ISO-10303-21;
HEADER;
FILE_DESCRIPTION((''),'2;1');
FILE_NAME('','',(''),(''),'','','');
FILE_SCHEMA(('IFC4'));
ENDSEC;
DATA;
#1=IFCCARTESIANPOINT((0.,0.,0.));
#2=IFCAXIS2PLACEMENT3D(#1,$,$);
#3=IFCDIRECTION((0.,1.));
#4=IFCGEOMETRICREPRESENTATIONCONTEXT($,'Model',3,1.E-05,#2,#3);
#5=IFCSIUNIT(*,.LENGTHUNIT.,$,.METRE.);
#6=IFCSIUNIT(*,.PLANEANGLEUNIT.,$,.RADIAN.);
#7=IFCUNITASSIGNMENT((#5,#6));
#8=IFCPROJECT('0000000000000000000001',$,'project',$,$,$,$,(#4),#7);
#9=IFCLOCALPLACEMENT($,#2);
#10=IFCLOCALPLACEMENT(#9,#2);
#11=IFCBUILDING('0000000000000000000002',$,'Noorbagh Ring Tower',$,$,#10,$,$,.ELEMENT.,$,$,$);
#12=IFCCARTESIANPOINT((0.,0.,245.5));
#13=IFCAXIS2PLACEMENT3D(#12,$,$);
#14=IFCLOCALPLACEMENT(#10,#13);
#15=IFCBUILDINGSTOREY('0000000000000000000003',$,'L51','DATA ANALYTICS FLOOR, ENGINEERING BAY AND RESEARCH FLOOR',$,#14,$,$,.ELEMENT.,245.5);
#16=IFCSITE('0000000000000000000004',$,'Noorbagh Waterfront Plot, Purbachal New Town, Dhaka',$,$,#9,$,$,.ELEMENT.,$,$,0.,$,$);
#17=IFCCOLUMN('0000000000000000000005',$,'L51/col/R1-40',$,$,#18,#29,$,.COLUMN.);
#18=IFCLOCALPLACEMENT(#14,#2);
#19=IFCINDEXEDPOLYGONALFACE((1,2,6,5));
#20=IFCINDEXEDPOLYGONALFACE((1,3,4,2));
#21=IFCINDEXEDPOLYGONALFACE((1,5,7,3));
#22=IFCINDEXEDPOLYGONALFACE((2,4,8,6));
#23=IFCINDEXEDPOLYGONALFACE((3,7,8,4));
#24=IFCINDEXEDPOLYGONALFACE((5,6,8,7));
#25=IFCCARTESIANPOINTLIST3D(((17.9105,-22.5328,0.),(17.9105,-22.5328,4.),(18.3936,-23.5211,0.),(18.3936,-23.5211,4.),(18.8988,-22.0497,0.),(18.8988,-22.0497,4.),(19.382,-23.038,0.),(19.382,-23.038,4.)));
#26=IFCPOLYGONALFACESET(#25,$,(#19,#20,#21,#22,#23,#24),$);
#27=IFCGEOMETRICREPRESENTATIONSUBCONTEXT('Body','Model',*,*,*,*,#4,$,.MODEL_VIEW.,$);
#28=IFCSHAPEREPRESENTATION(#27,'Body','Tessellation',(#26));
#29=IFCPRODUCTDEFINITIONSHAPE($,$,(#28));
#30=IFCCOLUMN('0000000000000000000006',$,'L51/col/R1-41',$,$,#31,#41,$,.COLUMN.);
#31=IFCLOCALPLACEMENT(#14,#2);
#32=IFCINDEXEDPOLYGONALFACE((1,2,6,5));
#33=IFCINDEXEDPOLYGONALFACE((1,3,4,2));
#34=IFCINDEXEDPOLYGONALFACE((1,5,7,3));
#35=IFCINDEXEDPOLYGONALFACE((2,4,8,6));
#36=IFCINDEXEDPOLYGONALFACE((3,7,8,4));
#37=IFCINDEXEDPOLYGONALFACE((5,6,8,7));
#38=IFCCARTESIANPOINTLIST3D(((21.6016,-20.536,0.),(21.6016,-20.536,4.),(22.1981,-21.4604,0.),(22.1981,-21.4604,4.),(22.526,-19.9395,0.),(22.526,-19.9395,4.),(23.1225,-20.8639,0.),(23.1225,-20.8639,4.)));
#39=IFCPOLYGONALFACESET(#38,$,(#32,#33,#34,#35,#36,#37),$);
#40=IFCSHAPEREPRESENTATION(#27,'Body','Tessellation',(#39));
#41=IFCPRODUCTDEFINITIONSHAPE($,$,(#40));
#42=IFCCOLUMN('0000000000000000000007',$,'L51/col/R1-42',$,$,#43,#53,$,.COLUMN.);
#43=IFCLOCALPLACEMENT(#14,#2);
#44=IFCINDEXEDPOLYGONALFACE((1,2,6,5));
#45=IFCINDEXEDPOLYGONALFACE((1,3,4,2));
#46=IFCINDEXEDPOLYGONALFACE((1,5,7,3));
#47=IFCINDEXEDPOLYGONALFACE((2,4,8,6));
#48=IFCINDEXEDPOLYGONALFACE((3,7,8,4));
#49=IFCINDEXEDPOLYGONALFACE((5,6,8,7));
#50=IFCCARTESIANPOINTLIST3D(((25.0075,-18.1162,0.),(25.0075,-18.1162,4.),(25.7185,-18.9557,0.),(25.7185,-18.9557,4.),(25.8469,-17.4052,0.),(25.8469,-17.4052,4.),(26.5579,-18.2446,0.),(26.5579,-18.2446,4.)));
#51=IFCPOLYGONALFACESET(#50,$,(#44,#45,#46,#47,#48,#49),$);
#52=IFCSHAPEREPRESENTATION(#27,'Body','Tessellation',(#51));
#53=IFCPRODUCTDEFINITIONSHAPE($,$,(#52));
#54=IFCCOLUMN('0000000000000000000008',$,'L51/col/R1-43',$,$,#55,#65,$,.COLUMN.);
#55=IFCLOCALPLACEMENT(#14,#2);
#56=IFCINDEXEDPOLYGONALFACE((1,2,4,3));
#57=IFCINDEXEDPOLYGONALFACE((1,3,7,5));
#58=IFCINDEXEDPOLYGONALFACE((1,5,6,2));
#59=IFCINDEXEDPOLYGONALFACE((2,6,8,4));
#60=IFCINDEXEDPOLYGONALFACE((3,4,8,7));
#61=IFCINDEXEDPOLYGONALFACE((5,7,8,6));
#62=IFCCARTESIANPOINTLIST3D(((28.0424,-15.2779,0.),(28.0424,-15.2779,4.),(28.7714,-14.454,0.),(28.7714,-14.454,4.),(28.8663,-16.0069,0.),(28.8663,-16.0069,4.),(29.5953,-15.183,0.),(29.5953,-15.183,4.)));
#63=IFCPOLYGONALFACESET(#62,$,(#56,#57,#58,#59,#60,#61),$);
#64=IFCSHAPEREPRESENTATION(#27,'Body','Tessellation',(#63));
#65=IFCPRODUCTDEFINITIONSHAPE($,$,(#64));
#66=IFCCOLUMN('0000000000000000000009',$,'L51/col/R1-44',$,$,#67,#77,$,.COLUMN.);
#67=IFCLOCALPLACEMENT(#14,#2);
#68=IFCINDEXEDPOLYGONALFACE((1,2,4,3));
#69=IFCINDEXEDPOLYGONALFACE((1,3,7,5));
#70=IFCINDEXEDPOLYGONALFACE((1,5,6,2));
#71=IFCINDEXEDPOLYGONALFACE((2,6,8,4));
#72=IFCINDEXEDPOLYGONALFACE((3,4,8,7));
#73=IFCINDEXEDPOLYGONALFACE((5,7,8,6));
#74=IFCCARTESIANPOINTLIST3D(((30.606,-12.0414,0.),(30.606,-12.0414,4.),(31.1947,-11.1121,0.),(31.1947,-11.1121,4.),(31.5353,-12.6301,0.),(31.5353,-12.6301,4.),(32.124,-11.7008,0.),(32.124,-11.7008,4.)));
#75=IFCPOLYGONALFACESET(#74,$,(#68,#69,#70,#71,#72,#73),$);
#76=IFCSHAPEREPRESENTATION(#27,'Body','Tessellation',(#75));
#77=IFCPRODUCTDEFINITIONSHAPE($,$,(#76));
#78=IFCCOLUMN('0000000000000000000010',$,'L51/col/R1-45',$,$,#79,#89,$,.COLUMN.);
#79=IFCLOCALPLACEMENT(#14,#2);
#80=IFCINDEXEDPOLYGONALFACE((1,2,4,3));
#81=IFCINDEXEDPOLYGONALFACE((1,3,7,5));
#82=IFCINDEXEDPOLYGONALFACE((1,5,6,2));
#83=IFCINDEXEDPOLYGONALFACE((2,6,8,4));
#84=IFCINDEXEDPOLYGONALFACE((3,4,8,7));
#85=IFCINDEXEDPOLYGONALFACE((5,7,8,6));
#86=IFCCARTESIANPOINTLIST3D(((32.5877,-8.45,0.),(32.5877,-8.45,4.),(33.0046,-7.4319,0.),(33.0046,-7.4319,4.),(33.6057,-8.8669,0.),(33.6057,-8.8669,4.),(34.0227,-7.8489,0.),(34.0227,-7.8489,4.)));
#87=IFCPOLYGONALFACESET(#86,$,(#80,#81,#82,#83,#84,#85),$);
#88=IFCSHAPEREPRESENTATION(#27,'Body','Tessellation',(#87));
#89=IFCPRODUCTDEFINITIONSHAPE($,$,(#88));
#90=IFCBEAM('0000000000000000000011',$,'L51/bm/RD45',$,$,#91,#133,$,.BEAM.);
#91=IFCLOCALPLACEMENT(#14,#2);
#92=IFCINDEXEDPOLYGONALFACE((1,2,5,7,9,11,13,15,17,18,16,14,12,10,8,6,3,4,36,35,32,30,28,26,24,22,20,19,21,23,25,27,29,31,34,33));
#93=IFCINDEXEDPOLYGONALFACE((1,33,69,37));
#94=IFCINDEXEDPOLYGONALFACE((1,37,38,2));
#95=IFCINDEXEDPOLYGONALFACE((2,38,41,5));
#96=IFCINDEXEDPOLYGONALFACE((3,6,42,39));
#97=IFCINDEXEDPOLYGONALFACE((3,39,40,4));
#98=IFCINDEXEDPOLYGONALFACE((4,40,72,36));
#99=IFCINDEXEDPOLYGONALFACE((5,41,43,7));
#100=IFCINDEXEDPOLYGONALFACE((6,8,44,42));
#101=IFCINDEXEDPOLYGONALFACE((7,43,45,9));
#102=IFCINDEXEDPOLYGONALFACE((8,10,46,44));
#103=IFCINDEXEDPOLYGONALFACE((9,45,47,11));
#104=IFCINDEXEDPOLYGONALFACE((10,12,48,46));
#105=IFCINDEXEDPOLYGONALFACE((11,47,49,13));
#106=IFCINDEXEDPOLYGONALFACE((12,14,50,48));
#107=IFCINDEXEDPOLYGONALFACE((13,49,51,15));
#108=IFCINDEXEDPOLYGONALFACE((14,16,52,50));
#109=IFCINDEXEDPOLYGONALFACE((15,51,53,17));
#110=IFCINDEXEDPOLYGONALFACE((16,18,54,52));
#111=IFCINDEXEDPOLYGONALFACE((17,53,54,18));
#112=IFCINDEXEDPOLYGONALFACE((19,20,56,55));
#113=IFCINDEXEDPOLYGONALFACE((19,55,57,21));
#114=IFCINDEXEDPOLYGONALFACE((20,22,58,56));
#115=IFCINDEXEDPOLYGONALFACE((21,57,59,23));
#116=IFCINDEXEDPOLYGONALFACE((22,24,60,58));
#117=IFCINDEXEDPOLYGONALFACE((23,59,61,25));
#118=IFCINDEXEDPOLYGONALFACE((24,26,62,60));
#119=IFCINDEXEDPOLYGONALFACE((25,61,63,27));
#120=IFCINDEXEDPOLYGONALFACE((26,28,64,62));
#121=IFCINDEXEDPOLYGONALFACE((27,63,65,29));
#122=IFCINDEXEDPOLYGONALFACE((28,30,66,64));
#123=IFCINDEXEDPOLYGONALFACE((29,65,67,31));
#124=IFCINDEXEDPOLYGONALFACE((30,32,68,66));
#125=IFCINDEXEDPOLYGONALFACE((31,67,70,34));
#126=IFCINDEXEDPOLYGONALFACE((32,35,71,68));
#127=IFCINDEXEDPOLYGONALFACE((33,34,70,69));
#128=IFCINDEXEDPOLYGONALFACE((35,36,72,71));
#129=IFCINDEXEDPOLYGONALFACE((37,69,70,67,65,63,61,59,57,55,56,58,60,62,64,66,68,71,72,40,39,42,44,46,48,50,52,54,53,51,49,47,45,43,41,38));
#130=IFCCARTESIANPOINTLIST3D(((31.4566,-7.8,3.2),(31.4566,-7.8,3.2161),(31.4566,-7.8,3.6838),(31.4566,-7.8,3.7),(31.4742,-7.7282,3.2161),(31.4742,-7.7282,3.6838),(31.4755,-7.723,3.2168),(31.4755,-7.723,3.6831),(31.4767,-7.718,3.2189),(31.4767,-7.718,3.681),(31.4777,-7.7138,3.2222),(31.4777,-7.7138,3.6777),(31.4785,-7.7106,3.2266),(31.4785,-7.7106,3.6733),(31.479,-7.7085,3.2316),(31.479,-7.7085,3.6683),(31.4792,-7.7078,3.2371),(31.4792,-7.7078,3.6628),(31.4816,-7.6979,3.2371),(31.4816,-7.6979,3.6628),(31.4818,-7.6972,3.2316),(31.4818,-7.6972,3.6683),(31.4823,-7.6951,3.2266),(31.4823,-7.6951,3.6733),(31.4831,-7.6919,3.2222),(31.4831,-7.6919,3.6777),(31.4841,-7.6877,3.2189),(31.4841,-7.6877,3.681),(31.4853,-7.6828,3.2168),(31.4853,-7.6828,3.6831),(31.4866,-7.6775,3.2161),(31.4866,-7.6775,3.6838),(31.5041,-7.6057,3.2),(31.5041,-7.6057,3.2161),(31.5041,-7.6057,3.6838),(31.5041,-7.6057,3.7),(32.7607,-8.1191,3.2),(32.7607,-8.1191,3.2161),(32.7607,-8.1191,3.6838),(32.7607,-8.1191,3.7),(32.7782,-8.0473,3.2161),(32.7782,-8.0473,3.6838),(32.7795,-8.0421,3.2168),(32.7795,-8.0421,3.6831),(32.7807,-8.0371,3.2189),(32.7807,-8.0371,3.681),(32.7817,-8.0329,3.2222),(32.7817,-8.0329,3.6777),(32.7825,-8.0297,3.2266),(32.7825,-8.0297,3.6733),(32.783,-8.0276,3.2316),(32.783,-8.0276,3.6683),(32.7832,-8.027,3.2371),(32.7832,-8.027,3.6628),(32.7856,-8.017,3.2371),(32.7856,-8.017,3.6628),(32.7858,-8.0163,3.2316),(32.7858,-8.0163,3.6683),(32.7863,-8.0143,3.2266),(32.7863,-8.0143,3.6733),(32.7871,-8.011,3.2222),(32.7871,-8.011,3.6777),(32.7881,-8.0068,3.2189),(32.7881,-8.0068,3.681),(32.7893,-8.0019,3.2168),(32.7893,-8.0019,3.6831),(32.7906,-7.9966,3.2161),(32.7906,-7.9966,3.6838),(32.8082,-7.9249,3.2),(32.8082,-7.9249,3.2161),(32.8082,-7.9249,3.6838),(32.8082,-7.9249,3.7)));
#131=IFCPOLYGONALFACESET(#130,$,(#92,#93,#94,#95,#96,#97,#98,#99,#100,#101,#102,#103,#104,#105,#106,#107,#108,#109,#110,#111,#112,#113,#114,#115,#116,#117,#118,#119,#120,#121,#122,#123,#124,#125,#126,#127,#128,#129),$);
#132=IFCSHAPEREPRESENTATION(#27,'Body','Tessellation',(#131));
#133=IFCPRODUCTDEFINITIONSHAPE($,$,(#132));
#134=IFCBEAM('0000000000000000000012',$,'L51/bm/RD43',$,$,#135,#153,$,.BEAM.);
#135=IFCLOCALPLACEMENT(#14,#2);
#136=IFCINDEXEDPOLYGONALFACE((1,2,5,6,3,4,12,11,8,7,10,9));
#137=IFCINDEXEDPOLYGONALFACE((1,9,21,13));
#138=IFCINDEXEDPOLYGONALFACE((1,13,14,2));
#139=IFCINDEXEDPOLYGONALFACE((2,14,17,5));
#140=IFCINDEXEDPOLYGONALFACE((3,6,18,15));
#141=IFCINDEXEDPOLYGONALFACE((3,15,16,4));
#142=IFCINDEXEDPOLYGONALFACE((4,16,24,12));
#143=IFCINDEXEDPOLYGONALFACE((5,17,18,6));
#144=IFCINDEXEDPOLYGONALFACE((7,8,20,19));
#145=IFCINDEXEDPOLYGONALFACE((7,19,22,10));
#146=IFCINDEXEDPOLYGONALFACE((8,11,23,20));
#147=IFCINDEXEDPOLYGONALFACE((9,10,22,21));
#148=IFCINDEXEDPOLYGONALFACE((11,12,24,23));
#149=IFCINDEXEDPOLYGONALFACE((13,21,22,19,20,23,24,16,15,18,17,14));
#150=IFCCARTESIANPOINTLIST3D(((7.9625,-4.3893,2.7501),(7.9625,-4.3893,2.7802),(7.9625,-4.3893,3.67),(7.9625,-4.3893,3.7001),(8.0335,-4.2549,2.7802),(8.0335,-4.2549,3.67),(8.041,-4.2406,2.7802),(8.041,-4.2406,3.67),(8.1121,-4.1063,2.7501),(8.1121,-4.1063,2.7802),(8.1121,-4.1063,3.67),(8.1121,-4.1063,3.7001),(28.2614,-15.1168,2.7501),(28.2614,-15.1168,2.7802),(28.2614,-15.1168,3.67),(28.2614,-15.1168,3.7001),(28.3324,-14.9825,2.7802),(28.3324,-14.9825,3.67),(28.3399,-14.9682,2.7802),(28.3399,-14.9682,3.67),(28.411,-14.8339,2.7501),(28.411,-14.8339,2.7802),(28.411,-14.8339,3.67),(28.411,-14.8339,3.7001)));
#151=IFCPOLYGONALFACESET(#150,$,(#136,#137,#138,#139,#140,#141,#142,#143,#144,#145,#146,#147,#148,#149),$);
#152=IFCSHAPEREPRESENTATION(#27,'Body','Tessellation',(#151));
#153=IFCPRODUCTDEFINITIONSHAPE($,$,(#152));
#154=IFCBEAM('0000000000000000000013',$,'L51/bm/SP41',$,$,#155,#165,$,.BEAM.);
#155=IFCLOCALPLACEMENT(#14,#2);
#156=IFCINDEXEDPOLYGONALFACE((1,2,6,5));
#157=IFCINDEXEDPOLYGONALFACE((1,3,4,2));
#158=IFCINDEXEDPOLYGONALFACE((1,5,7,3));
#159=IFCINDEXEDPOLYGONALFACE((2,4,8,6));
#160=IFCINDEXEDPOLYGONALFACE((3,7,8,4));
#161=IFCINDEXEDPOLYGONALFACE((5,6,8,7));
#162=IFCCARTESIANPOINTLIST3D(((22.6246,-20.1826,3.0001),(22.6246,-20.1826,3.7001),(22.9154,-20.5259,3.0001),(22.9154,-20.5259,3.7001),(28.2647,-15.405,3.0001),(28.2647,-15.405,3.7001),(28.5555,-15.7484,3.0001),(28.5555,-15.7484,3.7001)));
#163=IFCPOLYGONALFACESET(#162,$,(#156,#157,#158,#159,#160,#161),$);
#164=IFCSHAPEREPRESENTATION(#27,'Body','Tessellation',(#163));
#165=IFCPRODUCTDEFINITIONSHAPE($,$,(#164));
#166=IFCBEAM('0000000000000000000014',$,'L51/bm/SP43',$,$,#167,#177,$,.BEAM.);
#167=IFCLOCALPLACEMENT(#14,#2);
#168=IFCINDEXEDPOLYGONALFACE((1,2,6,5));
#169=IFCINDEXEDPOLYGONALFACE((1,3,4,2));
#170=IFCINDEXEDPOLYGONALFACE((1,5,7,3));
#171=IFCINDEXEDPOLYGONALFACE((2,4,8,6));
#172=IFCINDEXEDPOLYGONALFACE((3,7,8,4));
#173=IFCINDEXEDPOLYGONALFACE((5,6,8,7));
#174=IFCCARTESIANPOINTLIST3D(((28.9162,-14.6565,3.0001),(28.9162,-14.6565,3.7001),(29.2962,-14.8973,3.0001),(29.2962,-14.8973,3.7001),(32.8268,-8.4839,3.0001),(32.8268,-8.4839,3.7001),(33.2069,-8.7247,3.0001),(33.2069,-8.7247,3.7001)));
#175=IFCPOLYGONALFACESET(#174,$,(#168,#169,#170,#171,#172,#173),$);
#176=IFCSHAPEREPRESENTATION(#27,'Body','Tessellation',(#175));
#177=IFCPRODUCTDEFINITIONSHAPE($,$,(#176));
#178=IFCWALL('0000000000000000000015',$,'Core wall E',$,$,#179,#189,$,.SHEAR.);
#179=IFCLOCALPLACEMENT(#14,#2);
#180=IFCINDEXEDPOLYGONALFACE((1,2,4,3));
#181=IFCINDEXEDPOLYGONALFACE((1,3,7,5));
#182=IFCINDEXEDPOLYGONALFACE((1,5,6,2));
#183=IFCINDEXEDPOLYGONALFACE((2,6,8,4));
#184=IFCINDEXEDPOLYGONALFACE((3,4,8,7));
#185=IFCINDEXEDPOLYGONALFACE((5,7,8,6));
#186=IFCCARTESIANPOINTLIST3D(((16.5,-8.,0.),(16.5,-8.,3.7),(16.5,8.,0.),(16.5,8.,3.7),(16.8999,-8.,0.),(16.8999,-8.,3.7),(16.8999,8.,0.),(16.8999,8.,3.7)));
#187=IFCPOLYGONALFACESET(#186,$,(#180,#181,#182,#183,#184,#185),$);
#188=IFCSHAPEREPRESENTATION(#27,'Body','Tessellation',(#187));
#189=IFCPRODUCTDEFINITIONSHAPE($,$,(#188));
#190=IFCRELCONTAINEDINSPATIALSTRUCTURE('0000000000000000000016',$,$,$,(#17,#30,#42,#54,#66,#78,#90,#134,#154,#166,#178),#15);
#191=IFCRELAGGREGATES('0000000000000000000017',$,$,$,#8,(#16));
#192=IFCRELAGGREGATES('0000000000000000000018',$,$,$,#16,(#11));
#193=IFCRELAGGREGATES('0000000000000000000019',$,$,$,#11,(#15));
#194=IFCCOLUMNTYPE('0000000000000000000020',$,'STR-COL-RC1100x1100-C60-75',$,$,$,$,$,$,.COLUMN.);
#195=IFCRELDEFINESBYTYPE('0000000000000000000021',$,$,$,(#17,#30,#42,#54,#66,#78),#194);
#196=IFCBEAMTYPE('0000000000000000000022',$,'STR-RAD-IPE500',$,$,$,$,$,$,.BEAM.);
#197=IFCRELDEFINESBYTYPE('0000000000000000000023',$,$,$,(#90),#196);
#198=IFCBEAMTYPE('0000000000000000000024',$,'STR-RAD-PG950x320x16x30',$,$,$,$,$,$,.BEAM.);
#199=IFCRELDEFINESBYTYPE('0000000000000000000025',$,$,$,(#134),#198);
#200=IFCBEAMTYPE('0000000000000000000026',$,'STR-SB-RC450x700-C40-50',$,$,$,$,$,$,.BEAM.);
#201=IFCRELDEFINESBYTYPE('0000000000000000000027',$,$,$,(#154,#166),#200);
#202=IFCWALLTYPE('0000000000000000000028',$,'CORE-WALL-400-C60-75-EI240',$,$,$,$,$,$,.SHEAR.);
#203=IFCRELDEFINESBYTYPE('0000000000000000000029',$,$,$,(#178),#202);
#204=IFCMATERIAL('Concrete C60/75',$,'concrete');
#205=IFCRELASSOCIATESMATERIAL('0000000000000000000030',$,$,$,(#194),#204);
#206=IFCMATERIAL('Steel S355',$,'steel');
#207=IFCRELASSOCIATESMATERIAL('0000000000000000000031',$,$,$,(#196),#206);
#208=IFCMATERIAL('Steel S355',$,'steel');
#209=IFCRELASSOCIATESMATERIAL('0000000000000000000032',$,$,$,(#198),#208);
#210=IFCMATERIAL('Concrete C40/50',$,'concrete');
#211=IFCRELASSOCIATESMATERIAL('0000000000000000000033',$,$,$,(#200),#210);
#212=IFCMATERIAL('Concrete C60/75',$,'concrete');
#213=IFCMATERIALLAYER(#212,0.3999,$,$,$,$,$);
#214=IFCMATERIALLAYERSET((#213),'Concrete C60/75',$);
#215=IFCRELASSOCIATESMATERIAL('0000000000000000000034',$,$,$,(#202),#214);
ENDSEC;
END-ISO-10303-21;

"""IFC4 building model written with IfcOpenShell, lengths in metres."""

from ifc_helpers import new_model, si_unit, direction, frame, frame_2d, origin, origin_2d, place, context, subcontext, project, spatial, rectangle, i_section, extrude, material, layer, layer_set, material_profile, profile_set, type_object, element, save


model = new_model("IFC4")

# Units and contexts
model_context = context("Model", 3, precision=1e-05, world=origin(), true_north=direction((0.0, 1.0)))
body_context = subcontext(model_context, "Body", "Model", "MODEL_VIEW")
ifc_project = project(units=[si_unit("LENGTHUNIT", "METRE"), si_unit("PLANEANGLEUNIT", "RADIAN")], contexts=[model_context])

# Site, building, storey
site_placement = place(None, origin())
site = spatial("IfcSite", under=ifc_project, at=site_placement, Name="Noorbagh Waterfront Plot, Purbachal New Town, Dhaka", CompositionType="ELEMENT", RefElevation=0.0)
building_placement = place(site_placement, origin())
building = spatial("IfcBuilding", under=site, at=building_placement, Name="Noorbagh Ring Tower", CompositionType="ELEMENT")
storey_placement = place(building_placement, frame((0.0, 0.0, 245.5)))
storey = spatial("IfcBuildingStorey", under=building, at=storey_placement, Name="L51", Description="DATA ANALYTICS FLOOR, ENGINEERING BAY AND RESEARCH FLOOR", CompositionType="ELEMENT", Elevation=245.5)

# Columns
ifc_material_1 = material(Name="Concrete C60/75", Category="concrete")
ifc_material_profile_1 = material_profile(ifc_material_1, rectangle(XDim=1.1001, YDim=1.1001, at=origin_2d()), Name="RC1100x1100")
ifc_profile_set_1 = profile_set([ifc_material_profile_1], Name="Concrete C60/75")
column_type = type_object("IfcColumnType", Name="STR-COL-RC1100x1100-C60-75", PredefinedType="COLUMN", material=ifc_profile_set_1)
for number, where, z_axis, x_axis, name in (
    (1, (18.6462, -22.7854, 0.0), (0.0, 0.0, 1.0), (0.898399, 0.43918, 0.0), "L51/col/R1-40"),
    (2, (22.3621, -20.7, 0.0), (0.0, 0.0, 1.0), (0.840248, 0.542203, 0.0), "L51/col/R1-41"),
    (3, (25.7827, -18.1804, 0.0), (0.0, 0.0, 1.0), (0.763035, 0.646357, 0.0), "L51/col/R1-42"),
    (4, (28.8188, -15.2305, 0.0), (0.0, 0.0, 1.0), (0.662636, 0.748942, 0.0), "L51/col/R1-43"),
    (5, (31.365, -11.8711, 0.0), (0.0, 0.0, 1.0), (0.53519, 0.844731, 0.0), "L51/col/R1-44"),
    (6, (33.3052, -8.1494, 0.0), (0.0, 0.0, 1.0), (0.378989, 0.925401, 0.0), "L51/col/R1-45"),
):
    element("IfcColumn", number, at=place(storey_placement, frame(where, z_axis=z_axis, x_axis=x_axis)), inside=storey, type_object=column_type, Name=name, PredefinedType="COLUMN", context=body_context, shape_type="SweptSolid", body=[
        extrude(rectangle(XDim=1.1001, YDim=1.1001, at=origin_2d()), origin(), (0.0, 0.0, 1.0), 4.0),
    ])

# Beams
ifc_material_2 = material(Name="Steel S355", Category="steel")
ifc_material_profile_2 = material_profile(ifc_material_2, i_section(OverallWidth=0.2, OverallDepth=0.5, WebThickness=0.0103, FlangeThickness=0.0161, FilletRadius=0.021, at=origin_2d()), Name="IPE500")
ifc_profile_set_2 = profile_set([ifc_material_profile_2], Name="Steel S355")
beam_type_1 = type_object("IfcBeamType", Name="STR-RAD-IPE500", PredefinedType="BEAM", material=ifc_profile_set_2)
beam_1_placement = place(storey_placement, frame((32.7844, -8.022, 3.45), z_axis=(-0.971339, 0.237697, 0.0), x_axis=(-0.237697, -0.971339, 0.0)))
element("IfcBeam", 7, at=beam_1_placement, inside=storey, type_object=beam_type_1, Name="L51/bm/RD45", PredefinedType="BEAM", context=body_context, shape_type="SweptSolid", body=[
    extrude(i_section(OverallWidth=0.2, OverallDepth=0.5, WebThickness=0.0103, FlangeThickness=0.0161, FilletRadius=0.021, at=origin_2d()), origin(), (0.0, 0.0, 1.0), 1.3425),
])
ifc_material_3 = material(Name="Steel S355", Category="steel")
ifc_material_profile_3 = material_profile(ifc_material_3, i_section(OverallWidth=0.3201, OverallDepth=0.95, WebThickness=0.0161, FlangeThickness=0.03, at=origin_2d()), Name="PG950x320x16x30")
ifc_profile_set_3 = profile_set([ifc_material_profile_3], Name="Steel S355")
beam_type_2 = type_object("IfcBeamType", Name="STR-RAD-PG950x320x16x30", PredefinedType="BEAM", material=ifc_profile_set_3)
beam_2_placement = place(storey_placement, frame((28.3362, -14.9753, 3.2251), z_axis=(-0.884128, 0.467245, 0.0), x_axis=(-0.467245, -0.884128, 0.0)))
element("IfcBeam", 8, at=beam_2_placement, inside=storey, type_object=beam_type_2, Name="L51/bm/RD43", PredefinedType="BEAM", context=body_context, shape_type="SweptSolid", body=[
    extrude(i_section(OverallWidth=0.3201, OverallDepth=0.95, WebThickness=0.0161, FlangeThickness=0.03, at=origin_2d()), origin(), (0.0, 0.0, 1.0), 22.9592),
])
ifc_material_4 = material(Name="Concrete C40/50", Category="concrete")
ifc_material_profile_4 = material_profile(ifc_material_4, rectangle(XDim=0.45, YDim=0.7, at=origin_2d()), Name="RC450x700")
ifc_profile_set_4 = profile_set([ifc_material_profile_4], Name="Concrete C40/50")
beam_type_3 = type_object("IfcBeamType", Name="STR-SB-RC450x700-C40-50", PredefinedType="BEAM", material=ifc_profile_set_4)
beam_3_placement = place(storey_placement, frame((22.77, -20.3542, 3.3501), z_axis=(0.763042, 0.646349, 0.0), x_axis=(-0.646349, 0.763042, 0.0)))
element("IfcBeam", 9, at=beam_3_placement, inside=storey, type_object=beam_type_3, Name="L51/bm/SP41", PredefinedType="BEAM", context=body_context, shape_type="SweptSolid", body=[
    extrude(rectangle(XDim=0.45, YDim=0.7, at=origin_2d()), origin(), (0.0, 0.0, 1.0), 7.3916),
])
beam_4_placement = place(storey_placement, frame((29.1062, -14.7769, 3.3501), z_axis=(0.535182, 0.844737, 0.0), x_axis=(-0.844737, 0.535182, 0.0)))
element("IfcBeam", 10, at=beam_4_placement, inside=storey, type_object=beam_type_3, Name="L51/bm/SP43", PredefinedType="BEAM", context=body_context, shape_type="SweptSolid", body=[
    extrude(rectangle(XDim=0.45, YDim=0.7, at=origin_2d()), origin(), (0.0, 0.0, 1.0), 7.3071),
])

# Wall
ifc_material_5 = material(Name="Concrete C60/75", Category="concrete")
ifc_layer_1 = layer(ifc_material_5, 0.3999)
ifc_layer_set_1 = layer_set([ifc_layer_1], Name="Concrete C60/75")
wall_type_1 = type_object("IfcWallType", Name="CORE-WALL-400-C60-75-EI240", PredefinedType="SHEAR", material=ifc_layer_set_1)
wall_1_placement = place(storey_placement, frame((16.7, -8.0, 0.0), z_axis=(0.0, 0.0, 1.0), x_axis=(0.0, 1.0, 0.0)))
element("IfcWall", 11, at=wall_1_placement, inside=storey, type_object=wall_type_1, Name="Core wall E", PredefinedType="SHEAR", context=body_context, shape_type="SweptSolid", body=[
    extrude(rectangle(XDim=16.0, YDim=0.3999, at=frame_2d((8.0, 0.0))), origin(), (0.0, 0.0, 1.0), 3.7),
])

save(model, "model.ifc")
